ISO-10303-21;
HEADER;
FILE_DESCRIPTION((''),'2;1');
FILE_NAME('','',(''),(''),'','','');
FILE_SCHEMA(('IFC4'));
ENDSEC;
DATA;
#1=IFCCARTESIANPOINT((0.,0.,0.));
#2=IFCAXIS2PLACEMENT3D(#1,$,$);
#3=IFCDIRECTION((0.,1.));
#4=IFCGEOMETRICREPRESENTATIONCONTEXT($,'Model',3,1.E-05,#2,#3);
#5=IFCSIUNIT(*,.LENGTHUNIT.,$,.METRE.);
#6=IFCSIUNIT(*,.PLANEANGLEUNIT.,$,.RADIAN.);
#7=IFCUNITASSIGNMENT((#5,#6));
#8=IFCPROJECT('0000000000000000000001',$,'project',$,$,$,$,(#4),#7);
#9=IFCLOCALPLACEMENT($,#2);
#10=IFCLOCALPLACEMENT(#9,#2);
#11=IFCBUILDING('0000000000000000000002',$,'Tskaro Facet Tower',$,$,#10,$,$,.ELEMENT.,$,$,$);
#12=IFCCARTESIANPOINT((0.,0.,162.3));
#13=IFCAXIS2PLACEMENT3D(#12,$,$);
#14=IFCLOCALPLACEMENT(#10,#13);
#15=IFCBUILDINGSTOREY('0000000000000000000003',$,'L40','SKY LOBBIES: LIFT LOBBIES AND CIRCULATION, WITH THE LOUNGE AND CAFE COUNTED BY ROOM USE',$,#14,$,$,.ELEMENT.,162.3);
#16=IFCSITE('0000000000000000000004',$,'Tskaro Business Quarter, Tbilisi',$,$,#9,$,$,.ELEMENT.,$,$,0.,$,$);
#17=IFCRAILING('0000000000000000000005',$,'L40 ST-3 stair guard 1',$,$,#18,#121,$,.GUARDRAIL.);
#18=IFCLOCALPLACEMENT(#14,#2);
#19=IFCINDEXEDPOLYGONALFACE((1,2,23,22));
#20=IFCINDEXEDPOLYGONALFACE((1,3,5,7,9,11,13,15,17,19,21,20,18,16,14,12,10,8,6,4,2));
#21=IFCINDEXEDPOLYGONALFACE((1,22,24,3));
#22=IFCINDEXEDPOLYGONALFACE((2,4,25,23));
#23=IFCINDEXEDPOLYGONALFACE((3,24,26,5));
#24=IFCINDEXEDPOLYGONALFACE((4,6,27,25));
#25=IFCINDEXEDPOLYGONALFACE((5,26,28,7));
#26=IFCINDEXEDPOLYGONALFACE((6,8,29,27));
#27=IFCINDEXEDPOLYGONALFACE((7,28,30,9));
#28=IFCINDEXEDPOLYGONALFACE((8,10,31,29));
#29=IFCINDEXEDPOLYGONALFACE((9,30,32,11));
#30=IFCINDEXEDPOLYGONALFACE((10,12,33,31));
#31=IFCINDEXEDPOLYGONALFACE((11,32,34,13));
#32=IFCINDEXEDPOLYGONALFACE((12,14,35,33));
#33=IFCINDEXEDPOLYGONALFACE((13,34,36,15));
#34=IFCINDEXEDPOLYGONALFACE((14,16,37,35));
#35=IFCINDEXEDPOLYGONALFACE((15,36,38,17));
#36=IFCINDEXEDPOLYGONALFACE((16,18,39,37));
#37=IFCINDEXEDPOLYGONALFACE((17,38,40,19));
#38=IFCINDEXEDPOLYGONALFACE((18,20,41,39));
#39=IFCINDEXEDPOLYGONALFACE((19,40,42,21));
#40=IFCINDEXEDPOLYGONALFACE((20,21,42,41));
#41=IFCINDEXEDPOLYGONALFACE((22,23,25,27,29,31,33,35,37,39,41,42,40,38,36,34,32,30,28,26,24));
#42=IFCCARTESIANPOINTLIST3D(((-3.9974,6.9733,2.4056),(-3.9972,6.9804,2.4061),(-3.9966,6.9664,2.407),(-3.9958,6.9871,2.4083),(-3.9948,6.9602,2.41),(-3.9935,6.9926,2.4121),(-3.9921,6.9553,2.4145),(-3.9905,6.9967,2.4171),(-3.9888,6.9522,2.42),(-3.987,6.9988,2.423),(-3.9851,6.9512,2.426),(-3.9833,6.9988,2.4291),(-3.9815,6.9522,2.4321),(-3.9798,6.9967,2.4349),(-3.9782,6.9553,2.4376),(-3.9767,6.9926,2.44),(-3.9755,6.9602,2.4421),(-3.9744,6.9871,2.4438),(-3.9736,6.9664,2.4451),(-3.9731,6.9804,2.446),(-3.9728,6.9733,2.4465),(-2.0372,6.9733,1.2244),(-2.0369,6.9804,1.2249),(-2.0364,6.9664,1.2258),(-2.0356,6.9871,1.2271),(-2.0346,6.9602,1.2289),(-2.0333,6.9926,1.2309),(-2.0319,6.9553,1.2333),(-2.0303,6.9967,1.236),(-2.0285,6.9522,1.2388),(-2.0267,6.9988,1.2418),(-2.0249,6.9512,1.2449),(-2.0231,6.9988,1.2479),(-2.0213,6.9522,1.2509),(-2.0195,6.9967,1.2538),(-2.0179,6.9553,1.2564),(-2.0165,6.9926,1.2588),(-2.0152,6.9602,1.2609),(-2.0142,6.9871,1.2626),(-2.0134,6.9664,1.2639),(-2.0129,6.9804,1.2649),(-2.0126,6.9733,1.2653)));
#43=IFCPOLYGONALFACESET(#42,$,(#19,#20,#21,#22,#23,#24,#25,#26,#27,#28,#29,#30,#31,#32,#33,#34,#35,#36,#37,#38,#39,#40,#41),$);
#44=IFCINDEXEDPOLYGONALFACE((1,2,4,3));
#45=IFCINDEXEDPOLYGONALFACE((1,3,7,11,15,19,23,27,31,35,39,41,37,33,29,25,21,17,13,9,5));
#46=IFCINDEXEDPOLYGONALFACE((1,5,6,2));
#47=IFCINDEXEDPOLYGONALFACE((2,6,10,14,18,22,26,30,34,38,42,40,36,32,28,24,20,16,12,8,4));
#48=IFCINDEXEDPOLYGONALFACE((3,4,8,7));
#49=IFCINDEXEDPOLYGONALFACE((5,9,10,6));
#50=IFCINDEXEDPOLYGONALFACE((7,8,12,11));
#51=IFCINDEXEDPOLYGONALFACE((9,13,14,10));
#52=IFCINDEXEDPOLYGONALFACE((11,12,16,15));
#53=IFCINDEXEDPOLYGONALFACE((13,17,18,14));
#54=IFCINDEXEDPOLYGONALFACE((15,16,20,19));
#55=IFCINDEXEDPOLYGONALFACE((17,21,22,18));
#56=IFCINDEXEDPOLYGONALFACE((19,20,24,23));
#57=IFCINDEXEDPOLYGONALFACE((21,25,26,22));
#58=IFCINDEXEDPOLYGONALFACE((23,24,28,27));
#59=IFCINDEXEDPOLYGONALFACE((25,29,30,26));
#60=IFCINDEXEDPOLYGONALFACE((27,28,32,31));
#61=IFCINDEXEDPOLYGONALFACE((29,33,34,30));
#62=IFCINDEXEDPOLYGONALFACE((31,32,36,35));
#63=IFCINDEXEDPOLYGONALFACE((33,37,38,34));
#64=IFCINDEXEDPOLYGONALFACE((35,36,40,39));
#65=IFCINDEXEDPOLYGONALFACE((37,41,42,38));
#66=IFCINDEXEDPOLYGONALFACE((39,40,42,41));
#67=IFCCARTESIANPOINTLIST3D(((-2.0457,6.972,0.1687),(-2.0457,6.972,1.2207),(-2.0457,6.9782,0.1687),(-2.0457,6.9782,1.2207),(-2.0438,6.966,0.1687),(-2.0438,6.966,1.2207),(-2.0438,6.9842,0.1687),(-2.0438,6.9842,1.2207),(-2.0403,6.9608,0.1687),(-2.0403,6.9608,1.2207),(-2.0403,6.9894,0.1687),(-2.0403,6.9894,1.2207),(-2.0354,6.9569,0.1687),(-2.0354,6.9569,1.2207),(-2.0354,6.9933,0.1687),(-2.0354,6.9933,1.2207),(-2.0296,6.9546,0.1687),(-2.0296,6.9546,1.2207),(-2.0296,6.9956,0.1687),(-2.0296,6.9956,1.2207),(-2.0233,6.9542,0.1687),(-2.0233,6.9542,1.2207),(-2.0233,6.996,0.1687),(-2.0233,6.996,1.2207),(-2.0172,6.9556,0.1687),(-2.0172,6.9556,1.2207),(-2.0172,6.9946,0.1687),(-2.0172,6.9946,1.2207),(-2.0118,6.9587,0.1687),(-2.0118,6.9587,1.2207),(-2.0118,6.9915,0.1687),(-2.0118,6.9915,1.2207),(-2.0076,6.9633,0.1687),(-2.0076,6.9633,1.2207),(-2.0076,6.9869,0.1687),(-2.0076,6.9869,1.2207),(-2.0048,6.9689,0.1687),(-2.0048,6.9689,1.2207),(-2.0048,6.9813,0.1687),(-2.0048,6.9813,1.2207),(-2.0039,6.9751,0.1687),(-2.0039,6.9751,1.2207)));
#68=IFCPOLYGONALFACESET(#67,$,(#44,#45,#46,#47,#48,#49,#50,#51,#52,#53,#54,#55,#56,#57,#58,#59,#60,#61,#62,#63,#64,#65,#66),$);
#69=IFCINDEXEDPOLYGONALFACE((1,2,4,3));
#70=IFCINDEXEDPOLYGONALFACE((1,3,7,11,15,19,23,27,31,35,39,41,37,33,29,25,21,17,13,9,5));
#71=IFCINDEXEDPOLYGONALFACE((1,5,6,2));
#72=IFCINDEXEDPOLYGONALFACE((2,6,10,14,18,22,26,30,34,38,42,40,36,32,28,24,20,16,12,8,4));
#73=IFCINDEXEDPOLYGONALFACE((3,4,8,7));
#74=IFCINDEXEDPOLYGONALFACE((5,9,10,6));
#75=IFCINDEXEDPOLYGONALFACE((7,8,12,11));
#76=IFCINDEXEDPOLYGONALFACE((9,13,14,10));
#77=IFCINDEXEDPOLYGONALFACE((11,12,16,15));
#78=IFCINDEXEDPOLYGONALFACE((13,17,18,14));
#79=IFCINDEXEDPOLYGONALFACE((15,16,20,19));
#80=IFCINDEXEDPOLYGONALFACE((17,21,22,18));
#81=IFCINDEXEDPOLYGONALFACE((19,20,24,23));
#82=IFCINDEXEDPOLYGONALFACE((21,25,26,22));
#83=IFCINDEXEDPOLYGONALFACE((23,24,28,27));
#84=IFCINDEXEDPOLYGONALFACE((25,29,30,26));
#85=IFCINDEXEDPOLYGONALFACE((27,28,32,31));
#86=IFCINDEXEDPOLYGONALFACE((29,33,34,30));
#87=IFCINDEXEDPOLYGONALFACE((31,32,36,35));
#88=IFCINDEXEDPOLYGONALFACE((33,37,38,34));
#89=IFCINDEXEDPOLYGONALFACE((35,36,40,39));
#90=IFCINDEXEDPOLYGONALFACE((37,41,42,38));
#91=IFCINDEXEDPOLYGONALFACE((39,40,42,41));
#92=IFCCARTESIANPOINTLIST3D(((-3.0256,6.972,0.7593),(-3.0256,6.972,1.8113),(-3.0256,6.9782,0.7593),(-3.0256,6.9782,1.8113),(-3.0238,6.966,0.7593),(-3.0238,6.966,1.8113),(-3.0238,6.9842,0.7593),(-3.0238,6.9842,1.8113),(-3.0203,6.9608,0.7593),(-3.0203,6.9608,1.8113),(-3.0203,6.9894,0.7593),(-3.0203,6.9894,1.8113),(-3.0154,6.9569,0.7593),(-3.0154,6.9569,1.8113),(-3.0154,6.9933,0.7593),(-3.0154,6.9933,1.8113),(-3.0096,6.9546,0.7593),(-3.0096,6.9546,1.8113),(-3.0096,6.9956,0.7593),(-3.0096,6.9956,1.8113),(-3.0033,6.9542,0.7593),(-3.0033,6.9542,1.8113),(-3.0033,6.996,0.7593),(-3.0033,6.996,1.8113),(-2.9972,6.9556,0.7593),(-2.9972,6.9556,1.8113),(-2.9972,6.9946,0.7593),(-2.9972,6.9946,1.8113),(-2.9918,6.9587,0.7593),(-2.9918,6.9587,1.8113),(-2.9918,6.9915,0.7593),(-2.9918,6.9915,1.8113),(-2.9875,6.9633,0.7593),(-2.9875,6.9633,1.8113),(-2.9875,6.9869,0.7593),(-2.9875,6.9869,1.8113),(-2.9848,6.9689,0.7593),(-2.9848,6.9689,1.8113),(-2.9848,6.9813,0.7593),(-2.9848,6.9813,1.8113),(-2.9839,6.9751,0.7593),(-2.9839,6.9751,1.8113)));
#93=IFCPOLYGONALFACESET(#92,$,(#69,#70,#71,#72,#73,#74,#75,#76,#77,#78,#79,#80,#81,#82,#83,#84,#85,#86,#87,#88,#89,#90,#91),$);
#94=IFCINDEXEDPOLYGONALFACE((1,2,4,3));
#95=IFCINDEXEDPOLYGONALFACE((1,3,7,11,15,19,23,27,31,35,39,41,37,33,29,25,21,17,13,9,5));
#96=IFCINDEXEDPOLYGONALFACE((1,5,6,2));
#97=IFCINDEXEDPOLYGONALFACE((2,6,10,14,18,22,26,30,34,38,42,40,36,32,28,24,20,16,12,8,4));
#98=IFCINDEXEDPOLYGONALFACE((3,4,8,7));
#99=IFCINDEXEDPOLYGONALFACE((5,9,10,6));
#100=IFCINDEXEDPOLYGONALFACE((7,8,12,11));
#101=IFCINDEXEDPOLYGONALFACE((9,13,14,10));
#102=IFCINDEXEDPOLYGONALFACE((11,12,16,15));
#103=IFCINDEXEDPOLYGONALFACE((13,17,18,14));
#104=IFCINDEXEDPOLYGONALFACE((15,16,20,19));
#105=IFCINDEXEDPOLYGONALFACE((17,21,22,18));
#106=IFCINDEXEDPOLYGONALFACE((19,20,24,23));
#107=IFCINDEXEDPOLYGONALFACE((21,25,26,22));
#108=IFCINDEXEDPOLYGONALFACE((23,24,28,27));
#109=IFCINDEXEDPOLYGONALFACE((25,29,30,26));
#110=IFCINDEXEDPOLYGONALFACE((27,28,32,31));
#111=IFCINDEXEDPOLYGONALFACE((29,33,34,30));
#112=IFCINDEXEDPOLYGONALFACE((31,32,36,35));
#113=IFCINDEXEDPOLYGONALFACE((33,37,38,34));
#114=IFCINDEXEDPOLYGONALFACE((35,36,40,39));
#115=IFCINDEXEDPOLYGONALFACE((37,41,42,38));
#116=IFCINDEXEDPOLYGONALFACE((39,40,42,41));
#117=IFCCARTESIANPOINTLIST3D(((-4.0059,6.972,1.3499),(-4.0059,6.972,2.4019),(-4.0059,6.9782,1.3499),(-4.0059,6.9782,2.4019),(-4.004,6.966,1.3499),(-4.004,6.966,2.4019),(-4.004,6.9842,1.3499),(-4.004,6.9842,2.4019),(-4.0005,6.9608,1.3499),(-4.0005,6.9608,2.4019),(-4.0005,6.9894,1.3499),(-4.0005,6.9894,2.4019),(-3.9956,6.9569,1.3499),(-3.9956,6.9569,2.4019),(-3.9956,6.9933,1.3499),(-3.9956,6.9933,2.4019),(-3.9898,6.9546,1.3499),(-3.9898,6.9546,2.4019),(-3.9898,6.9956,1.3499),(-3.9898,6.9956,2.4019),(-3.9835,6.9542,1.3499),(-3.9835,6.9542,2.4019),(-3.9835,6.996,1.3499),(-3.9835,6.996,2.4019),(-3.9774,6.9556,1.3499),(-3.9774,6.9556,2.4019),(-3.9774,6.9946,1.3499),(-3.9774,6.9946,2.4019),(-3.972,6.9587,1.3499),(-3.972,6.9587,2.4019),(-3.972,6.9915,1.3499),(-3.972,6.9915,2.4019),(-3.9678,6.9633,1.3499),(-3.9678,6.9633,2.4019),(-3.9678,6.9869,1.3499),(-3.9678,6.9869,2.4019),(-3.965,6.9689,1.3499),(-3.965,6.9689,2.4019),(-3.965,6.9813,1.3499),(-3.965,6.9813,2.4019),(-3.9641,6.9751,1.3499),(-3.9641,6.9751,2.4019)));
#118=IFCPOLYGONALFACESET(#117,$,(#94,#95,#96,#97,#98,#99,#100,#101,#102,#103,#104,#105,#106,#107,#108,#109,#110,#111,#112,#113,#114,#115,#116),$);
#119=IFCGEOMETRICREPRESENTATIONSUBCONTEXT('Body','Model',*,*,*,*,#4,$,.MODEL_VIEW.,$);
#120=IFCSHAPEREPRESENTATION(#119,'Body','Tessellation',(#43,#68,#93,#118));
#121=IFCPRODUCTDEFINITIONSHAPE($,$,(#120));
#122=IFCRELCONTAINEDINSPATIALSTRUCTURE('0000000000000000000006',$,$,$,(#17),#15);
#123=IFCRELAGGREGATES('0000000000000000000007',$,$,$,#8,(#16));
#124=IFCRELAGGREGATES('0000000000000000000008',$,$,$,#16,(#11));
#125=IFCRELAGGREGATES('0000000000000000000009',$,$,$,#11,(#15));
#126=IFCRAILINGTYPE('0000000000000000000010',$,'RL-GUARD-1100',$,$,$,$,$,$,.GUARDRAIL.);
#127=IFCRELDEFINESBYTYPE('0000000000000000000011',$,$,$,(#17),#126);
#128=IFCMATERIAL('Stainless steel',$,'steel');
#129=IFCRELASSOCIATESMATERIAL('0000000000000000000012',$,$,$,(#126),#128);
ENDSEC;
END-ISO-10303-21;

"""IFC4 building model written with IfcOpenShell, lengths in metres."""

from ifc_helpers import new_model, si_unit, direction, frame, origin, origin_2d, place, context, subcontext, project, spatial, circle, extrude, material, type_object, element, save


model = new_model("IFC4")

# Units and contexts
model_context = context("Model", 3, precision=1e-05, world=origin(), true_north=direction((0.0, 1.0)))
body_context = subcontext(model_context, "Body", "Model", "MODEL_VIEW")
ifc_project = project(units=[si_unit("LENGTHUNIT", "METRE"), si_unit("PLANEANGLEUNIT", "RADIAN")], contexts=[model_context])

# Site, building, storey
site_placement = place(None, origin())
site = spatial("IfcSite", under=ifc_project, at=site_placement, Name="Tskaro Business Quarter, Tbilisi", CompositionType="ELEMENT", RefElevation=0.0)
building_placement = place(site_placement, origin())
building = spatial("IfcBuilding", under=site, at=building_placement, Name="Tskaro Facet Tower", CompositionType="ELEMENT")
storey_placement = place(building_placement, frame((0.0, 0.0, 162.3)))
storey = spatial("IfcBuildingStorey", under=building, at=storey_placement, Name="L40", Description="SKY LOBBIES: LIFT LOBBIES AND CIRCULATION, WITH THE LOUNGE AND CAFE COUNTED BY ROOM USE", CompositionType="ELEMENT", Elevation=162.3)

# Railing
ifc_material_1 = material(Name="Stainless steel", Category="steel")
railing_type_1 = type_object("IfcRailingType", Name="RL-GUARD-1100", PredefinedType="GUARDRAIL", material=ifc_material_1)
railing_1_placement = place(storey_placement, frame((-2.0249, 6.9751, 0.1687)))
element("IfcRailing", 1, at=railing_1_placement, inside=storey, type_object=railing_type_1, Name="L40 ST-3 stair guard 1", PredefinedType="GUARDRAIL", context=body_context, shape_type="SweptSolid", body=[
    extrude(circle(Radius=0.0239, at=origin_2d()), frame((0.0, 0.0, 1.0762), z_axis=(-0.856522, 0.0, 0.516111), x_axis=(0.0, -1.0, 0.0)), (0.0, 0.0, 1.0), 2.2886),
    extrude(circle(Radius=0.021, at=origin_2d()), origin(), (0.0, 0.0, 1.0), 1.052),
    extrude(circle(Radius=0.021, at=origin_2d()), frame((-0.98, 0.0, 0.5906)), (0.0, 0.0, 1.0), 1.052),
    extrude(circle(Radius=0.021, at=origin_2d()), frame((-1.9602, 0.0, 1.1812)), (0.0, 0.0, 1.0), 1.052),
])

save(model, "model.ifc")
